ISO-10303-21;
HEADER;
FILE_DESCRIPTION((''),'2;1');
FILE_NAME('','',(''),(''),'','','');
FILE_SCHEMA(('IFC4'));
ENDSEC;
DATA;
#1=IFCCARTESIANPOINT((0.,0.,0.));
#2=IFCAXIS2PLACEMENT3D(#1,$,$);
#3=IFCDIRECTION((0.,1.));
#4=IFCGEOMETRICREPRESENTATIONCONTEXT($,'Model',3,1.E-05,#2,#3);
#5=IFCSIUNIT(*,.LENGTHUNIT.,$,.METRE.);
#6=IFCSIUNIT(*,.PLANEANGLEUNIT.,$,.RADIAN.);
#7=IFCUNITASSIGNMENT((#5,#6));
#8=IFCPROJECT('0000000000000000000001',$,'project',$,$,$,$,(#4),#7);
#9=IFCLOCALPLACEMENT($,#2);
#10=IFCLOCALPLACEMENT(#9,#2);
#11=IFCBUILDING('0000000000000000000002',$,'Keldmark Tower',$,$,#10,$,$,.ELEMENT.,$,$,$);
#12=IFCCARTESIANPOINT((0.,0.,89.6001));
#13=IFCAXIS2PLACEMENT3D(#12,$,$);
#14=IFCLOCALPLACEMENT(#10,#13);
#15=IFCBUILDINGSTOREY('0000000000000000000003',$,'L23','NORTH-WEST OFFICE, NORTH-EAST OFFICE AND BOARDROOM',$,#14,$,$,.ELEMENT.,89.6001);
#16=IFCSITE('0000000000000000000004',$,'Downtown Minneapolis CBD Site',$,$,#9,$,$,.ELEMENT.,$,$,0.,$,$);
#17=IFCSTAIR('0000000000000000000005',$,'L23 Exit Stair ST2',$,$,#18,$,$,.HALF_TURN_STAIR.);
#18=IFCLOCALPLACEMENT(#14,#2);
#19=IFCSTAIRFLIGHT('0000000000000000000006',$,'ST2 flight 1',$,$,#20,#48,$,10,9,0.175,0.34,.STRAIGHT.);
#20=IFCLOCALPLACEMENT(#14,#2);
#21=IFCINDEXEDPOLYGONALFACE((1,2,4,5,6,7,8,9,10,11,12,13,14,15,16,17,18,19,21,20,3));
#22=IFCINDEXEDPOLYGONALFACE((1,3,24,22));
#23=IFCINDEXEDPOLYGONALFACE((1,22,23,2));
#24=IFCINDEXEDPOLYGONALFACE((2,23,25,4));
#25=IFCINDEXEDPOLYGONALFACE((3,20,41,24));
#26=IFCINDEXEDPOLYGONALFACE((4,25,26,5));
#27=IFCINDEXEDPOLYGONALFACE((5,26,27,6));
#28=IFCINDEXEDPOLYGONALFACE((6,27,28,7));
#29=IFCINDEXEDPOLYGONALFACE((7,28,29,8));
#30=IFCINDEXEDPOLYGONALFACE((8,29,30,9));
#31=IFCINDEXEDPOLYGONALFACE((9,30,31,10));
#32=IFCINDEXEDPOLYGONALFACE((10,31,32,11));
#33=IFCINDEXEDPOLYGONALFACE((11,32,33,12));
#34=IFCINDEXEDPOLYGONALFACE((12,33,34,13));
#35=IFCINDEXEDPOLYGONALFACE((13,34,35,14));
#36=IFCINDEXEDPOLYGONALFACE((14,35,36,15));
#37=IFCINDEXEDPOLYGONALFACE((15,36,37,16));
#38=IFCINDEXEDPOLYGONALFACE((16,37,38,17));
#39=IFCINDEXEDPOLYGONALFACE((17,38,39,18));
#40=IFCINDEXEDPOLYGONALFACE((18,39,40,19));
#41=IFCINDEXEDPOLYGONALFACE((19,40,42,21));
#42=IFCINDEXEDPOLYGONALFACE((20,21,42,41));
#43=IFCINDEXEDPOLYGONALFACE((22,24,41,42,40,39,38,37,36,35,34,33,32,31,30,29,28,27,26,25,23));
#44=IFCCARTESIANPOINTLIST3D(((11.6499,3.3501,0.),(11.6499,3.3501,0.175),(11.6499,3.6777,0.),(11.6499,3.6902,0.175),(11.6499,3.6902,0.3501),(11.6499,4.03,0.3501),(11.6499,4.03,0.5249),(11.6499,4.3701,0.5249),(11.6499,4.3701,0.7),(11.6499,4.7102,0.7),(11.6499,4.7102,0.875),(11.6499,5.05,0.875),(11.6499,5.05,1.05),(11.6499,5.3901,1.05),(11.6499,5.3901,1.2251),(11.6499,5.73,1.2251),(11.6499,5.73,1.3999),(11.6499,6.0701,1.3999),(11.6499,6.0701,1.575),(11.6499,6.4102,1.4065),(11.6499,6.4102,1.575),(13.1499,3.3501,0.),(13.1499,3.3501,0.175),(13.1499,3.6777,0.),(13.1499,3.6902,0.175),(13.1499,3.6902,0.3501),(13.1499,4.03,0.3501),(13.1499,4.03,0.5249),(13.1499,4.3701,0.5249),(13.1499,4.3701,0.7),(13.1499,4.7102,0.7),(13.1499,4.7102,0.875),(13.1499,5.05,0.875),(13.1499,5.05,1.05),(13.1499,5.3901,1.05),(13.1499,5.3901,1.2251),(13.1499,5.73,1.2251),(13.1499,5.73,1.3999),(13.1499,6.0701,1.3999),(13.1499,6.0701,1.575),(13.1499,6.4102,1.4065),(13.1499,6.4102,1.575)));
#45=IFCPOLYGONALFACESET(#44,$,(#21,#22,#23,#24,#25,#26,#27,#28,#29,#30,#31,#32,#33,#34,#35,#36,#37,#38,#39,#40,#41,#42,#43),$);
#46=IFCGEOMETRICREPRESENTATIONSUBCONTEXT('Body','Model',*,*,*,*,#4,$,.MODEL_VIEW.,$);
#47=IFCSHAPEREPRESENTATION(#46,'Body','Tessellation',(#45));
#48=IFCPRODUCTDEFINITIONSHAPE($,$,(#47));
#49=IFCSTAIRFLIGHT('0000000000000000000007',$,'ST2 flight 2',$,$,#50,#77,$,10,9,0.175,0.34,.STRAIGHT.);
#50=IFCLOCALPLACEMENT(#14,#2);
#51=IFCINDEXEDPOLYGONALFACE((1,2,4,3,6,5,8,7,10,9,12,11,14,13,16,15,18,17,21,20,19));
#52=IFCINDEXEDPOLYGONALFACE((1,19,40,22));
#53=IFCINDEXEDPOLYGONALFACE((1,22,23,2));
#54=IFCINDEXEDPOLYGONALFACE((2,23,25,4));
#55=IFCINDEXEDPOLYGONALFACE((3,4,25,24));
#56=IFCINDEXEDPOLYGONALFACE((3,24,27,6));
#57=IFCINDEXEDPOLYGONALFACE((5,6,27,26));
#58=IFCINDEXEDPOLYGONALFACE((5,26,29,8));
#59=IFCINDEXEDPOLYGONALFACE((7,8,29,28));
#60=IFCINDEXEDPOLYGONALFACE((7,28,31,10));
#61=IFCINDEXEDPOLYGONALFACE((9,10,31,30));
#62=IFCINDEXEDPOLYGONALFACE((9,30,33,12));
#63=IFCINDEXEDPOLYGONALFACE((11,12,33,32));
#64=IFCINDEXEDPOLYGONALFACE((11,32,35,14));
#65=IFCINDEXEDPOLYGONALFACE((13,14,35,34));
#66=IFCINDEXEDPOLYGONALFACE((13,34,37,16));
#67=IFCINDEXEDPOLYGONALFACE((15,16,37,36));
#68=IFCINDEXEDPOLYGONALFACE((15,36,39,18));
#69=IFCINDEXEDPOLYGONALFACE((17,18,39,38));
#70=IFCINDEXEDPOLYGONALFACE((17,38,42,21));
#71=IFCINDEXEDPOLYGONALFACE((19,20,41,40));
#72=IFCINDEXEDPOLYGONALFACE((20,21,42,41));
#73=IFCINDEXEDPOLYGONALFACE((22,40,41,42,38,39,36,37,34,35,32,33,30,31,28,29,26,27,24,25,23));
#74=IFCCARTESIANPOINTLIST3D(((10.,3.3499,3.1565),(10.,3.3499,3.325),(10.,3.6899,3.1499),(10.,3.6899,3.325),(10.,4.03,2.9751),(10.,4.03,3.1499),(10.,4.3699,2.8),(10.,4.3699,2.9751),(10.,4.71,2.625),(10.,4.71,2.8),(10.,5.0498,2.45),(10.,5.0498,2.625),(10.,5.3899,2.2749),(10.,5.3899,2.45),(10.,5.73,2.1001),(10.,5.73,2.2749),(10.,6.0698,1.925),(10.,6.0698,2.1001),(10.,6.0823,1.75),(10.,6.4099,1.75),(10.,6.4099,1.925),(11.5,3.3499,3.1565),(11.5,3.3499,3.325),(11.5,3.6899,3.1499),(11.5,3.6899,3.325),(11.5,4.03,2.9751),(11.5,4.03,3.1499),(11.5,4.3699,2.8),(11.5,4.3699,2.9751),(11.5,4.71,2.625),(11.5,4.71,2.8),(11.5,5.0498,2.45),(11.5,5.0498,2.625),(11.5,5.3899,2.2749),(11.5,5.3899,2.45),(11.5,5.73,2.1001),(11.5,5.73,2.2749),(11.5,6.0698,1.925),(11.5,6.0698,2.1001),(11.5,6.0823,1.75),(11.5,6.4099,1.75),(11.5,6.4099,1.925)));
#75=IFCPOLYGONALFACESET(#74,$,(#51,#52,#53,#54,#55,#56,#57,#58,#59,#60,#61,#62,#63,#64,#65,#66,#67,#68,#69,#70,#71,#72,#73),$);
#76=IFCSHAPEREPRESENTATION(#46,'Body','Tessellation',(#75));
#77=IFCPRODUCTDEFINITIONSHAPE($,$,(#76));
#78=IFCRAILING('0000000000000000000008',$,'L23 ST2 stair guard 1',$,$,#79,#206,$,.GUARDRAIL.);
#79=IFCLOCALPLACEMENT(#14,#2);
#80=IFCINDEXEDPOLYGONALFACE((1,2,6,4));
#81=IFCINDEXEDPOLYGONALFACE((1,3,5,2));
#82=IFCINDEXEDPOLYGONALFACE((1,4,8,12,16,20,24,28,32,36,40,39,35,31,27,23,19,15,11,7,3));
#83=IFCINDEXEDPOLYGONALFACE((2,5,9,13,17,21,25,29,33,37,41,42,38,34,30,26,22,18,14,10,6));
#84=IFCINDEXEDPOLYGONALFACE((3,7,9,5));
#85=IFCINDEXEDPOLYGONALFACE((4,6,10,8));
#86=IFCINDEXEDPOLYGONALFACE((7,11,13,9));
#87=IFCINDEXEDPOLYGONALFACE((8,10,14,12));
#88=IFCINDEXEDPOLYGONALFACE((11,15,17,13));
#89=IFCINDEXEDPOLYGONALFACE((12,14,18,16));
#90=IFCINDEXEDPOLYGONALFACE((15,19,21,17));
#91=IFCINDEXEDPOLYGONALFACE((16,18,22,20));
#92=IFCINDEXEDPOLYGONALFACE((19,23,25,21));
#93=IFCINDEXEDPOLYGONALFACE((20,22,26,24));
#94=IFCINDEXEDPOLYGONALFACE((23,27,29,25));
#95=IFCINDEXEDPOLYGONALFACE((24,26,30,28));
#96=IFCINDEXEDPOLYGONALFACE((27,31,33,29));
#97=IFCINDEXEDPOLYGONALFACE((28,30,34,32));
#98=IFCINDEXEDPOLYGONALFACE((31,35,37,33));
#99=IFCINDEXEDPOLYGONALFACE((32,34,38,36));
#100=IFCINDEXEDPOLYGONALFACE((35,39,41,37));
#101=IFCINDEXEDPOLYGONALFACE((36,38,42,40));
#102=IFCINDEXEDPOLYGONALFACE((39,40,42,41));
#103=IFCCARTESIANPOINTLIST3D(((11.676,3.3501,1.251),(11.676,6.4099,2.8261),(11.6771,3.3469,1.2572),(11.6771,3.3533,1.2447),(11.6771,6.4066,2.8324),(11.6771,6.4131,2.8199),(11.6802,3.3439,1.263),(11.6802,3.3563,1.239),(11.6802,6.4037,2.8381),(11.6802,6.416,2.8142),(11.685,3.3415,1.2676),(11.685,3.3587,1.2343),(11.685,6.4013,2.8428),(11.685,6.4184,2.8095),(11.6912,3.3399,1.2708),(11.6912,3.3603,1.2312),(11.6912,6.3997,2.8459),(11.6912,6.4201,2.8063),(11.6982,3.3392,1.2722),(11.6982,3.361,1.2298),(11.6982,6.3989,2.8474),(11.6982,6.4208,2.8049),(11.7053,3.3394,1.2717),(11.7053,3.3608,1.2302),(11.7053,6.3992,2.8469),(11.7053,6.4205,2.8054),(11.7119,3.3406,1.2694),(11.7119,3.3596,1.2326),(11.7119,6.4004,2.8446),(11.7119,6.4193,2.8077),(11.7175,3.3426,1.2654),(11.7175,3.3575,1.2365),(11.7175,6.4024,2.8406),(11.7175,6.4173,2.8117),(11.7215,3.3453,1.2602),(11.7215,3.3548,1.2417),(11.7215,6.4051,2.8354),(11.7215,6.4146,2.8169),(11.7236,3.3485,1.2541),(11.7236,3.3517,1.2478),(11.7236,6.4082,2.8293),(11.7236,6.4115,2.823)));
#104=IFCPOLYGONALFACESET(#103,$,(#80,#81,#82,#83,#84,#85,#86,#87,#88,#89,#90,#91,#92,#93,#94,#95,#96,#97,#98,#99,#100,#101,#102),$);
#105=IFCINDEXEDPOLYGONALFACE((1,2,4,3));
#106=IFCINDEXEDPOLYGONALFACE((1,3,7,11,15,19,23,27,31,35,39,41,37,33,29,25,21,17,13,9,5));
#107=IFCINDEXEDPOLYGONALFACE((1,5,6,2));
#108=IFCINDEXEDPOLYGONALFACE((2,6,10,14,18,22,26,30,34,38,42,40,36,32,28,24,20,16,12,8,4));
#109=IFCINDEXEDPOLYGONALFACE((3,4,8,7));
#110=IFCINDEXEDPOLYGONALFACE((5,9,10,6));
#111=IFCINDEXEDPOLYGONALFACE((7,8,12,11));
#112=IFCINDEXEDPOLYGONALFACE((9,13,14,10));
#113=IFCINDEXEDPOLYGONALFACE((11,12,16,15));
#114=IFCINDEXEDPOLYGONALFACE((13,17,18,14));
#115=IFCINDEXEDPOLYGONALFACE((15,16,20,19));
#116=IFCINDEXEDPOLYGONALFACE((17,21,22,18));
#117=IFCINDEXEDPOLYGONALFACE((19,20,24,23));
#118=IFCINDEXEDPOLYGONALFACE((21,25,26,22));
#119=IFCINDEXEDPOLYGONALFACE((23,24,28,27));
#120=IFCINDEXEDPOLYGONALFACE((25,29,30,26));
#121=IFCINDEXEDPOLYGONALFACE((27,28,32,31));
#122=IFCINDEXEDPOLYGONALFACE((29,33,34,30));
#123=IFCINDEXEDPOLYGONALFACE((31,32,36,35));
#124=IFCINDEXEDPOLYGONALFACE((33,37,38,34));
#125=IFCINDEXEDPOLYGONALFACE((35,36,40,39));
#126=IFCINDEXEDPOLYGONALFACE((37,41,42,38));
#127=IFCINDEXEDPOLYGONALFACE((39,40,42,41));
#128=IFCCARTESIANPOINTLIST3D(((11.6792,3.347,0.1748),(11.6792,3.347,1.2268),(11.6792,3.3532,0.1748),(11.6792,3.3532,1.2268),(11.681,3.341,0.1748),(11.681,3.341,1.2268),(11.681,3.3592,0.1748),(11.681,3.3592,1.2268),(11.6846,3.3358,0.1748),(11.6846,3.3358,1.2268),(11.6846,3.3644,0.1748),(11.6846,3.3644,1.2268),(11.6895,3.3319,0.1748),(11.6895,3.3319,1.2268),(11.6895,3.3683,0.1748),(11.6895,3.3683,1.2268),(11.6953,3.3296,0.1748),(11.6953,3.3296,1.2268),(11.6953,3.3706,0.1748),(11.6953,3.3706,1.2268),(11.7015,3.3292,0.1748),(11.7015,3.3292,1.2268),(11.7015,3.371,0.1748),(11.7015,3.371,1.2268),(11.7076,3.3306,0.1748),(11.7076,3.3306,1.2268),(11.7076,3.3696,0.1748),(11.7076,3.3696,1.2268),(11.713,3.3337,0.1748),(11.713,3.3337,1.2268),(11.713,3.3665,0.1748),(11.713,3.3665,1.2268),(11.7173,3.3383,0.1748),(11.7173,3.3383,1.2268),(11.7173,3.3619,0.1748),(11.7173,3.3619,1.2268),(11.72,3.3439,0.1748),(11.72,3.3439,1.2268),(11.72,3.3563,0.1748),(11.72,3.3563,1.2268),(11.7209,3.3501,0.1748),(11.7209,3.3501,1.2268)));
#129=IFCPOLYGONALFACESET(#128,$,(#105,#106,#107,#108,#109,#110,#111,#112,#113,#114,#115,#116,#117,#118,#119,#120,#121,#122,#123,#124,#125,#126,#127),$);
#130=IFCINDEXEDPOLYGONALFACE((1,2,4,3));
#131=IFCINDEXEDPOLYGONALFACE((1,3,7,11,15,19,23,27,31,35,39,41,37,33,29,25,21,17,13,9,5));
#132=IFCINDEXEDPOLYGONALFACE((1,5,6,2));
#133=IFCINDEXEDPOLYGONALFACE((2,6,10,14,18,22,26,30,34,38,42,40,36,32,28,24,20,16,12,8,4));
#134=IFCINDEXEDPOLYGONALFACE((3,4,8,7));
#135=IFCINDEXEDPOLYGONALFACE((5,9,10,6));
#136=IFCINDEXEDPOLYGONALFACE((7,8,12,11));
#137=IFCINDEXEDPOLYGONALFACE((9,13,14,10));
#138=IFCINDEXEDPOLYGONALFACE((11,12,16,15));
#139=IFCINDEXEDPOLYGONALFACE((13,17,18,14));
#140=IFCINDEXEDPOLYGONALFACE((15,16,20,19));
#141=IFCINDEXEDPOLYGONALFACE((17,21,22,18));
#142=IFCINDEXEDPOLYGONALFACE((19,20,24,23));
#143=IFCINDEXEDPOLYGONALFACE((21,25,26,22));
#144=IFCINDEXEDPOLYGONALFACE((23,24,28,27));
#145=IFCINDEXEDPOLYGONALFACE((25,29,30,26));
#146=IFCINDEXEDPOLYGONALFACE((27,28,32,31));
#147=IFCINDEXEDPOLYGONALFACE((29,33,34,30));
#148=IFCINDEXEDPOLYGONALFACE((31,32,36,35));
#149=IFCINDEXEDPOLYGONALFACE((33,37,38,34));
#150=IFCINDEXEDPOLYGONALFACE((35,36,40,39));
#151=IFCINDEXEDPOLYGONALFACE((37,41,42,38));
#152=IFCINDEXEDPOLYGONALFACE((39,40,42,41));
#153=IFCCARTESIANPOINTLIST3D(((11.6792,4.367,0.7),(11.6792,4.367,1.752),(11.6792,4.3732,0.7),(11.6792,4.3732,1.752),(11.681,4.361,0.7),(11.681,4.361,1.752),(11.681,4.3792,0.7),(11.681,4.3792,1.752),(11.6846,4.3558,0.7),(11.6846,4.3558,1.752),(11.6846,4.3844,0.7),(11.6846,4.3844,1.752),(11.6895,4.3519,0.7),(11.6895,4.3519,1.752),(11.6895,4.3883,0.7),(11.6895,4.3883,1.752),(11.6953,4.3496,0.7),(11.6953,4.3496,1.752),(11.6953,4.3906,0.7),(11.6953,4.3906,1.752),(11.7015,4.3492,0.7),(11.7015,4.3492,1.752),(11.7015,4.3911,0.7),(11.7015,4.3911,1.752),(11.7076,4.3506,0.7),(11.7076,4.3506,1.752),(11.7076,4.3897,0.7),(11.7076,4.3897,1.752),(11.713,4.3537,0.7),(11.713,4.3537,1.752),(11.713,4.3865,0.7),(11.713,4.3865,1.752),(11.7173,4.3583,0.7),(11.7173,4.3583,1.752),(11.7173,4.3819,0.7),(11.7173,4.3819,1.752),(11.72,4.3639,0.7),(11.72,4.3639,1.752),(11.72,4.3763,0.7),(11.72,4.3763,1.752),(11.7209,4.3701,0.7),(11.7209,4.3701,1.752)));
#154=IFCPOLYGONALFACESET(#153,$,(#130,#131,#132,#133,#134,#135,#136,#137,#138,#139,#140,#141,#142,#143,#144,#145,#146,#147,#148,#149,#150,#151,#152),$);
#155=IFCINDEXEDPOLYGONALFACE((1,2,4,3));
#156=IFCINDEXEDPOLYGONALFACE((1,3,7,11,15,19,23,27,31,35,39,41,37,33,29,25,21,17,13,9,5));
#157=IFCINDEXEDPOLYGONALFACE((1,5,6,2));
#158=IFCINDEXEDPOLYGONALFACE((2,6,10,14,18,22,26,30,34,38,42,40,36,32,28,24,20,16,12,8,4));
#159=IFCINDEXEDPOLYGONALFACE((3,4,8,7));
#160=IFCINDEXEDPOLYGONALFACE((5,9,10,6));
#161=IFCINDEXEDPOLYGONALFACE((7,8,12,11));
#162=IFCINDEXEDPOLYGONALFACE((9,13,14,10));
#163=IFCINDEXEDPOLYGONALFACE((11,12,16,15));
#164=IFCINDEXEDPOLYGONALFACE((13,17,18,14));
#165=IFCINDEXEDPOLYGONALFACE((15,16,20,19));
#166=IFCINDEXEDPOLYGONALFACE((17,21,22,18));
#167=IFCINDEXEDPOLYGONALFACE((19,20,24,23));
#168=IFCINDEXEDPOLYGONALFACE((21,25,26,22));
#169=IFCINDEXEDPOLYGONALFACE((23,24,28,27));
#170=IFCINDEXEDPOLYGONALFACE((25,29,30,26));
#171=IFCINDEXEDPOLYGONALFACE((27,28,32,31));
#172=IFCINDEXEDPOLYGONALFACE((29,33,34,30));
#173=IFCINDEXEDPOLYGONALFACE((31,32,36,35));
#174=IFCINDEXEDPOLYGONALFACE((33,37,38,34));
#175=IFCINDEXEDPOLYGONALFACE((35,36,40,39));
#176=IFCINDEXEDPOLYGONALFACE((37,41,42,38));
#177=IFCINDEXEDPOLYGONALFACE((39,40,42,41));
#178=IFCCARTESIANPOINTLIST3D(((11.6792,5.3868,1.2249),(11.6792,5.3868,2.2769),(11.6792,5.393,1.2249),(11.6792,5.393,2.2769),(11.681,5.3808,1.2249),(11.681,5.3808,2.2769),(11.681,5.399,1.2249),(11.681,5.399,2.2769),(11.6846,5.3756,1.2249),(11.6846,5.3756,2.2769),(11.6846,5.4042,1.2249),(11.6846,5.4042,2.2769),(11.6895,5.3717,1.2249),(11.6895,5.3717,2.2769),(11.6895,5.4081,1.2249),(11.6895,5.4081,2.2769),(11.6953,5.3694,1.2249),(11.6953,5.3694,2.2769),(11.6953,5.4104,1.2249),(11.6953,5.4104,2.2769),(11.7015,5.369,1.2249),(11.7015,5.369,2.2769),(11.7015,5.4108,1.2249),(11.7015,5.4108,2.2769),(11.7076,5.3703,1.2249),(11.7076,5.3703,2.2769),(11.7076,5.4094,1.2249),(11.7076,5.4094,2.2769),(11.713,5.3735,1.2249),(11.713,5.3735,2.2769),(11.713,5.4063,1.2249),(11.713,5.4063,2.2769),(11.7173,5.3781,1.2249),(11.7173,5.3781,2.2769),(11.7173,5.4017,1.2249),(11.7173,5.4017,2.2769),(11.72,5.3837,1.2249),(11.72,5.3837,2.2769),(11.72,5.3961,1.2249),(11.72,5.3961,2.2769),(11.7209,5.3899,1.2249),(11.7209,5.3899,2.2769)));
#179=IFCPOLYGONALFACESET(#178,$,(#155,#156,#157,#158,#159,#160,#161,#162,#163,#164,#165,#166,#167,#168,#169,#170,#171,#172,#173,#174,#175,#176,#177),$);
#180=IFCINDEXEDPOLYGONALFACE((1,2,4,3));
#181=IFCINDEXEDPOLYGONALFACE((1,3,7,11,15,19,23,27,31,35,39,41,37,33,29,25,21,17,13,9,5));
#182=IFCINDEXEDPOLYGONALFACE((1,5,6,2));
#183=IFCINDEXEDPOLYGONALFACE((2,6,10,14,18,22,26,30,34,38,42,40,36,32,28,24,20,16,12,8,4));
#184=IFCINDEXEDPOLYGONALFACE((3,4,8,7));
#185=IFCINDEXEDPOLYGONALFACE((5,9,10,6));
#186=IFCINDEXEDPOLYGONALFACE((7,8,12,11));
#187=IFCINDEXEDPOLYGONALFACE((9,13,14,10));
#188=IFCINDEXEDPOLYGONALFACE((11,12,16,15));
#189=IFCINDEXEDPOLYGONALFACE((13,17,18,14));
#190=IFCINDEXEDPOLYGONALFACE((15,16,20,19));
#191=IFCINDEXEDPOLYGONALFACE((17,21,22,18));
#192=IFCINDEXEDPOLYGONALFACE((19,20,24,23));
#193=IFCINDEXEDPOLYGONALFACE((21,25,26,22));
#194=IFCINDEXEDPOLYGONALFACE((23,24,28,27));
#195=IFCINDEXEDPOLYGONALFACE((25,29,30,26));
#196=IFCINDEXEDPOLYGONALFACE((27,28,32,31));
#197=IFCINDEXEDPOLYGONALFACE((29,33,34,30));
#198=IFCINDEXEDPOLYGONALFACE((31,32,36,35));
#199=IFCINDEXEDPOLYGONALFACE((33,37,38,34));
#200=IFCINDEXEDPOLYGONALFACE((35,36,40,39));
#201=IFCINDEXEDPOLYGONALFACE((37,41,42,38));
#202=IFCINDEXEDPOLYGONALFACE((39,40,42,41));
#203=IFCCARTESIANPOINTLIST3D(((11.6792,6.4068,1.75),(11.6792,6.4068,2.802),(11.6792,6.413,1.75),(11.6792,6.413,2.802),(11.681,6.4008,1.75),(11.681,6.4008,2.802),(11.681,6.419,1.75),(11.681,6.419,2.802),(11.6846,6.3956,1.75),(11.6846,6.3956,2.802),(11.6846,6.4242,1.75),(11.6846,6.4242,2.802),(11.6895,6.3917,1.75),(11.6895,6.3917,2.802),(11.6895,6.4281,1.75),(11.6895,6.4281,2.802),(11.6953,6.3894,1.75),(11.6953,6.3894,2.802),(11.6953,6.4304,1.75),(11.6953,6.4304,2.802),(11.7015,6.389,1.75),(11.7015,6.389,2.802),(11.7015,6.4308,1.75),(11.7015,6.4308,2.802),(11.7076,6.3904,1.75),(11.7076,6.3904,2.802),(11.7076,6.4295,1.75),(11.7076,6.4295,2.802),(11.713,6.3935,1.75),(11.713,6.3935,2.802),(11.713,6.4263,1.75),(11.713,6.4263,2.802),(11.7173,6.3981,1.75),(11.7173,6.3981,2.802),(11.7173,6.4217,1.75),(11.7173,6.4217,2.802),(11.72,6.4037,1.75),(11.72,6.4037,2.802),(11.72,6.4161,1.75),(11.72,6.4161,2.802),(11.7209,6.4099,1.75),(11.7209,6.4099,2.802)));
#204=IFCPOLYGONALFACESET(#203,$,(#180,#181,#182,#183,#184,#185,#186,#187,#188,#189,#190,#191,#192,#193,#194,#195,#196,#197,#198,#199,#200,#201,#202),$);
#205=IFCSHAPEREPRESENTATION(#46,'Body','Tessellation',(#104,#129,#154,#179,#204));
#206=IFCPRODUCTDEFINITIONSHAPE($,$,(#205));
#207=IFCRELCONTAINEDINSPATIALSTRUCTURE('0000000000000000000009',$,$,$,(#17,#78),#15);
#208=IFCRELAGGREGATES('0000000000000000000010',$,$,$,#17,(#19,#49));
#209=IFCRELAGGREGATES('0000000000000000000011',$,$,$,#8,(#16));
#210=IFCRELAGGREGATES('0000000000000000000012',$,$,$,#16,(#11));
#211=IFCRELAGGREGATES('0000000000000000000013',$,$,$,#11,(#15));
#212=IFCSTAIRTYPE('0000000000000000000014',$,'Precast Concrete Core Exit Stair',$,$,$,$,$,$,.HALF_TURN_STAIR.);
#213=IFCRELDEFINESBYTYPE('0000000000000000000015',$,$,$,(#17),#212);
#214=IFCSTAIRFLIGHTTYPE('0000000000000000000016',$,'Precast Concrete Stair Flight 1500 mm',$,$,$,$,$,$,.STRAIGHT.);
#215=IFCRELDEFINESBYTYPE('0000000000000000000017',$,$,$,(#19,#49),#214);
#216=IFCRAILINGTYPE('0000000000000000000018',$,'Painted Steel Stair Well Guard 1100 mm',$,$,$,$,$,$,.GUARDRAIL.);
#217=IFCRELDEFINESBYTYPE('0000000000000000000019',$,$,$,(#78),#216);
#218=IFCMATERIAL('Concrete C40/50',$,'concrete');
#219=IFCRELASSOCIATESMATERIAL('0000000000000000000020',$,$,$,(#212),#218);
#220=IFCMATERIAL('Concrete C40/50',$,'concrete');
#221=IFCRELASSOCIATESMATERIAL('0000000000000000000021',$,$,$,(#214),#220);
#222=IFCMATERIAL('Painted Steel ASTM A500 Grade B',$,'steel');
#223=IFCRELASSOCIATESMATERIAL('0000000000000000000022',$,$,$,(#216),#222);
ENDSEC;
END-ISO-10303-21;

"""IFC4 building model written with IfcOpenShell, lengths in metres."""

from ifc_helpers import new_model, si_unit, direction, frame, origin, origin_2d, place, context, subcontext, project, spatial, polyline, circle, outline, extrude, material, type_object, element, aggregate, save


model = new_model("IFC4")

# Units and contexts
model_context = context("Model", 3, precision=1e-05, world=origin(), true_north=direction((0.0, 1.0)))
body_context = subcontext(model_context, "Body", "Model", "MODEL_VIEW")
ifc_project = project(units=[si_unit("LENGTHUNIT", "METRE"), si_unit("PLANEANGLEUNIT", "RADIAN")], contexts=[model_context])

# Site, building, storey
site_placement = place(None, origin())
site = spatial("IfcSite", under=ifc_project, at=site_placement, Name="Downtown Minneapolis CBD Site", CompositionType="ELEMENT", RefElevation=0.0)
building_placement = place(site_placement, origin())
building = spatial("IfcBuilding", under=site, at=building_placement, Name="Keldmark Tower", CompositionType="ELEMENT")
storey_placement = place(building_placement, frame((0.0, 0.0, 89.6001)))
storey = spatial("IfcBuildingStorey", under=building, at=storey_placement, Name="L23", Description="NORTH-WEST OFFICE, NORTH-EAST OFFICE AND BOARDROOM", CompositionType="ELEMENT", Elevation=89.6001)

# Stair, stair flights
ifc_material_1 = material(Name="Concrete C40/50", Category="concrete")
stair_type = type_object("IfcStairType", Name="Precast Concrete Core Exit Stair", PredefinedType="HALF_TURN_STAIR", material=ifc_material_1)
stair_placement = place(storey_placement, origin())
stair = element("IfcStair", 1, at=stair_placement, inside=storey, type_object=stair_type, Name="L23 Exit Stair ST2", PredefinedType="HALF_TURN_STAIR")
ifc_material_2 = material(Name="Concrete C40/50", Category="concrete")
stair_flight_type = type_object("IfcStairFlightType", Name="Precast Concrete Stair Flight 1500 mm", PredefinedType="STRAIGHT", material=ifc_material_2)
stair_flight_1_placement = place(storey_placement, frame((12.3999, 3.3501, 0.0), z_axis=(0.0, 0.0, 1.0), x_axis=(0.0, 1.0, 0.0)))
stair_flight_1 = element("IfcStairFlight", 2, at=stair_flight_1_placement, type_object=stair_flight_type, Name="ST2 flight 1", NumberOfRisers=10, NumberOfTreads=9, PredefinedType="STRAIGHT", RiserHeight=0.175, TreadLength=0.34, context=body_context, shape_type="SweptSolid", body=[
    extrude(outline(polyline([(0.0, 0.0), (0.0, 0.175), (0.3401, 0.175), (0.3401, 0.3501), (0.6799, 0.3501), (0.6799, 0.5249), (1.02, 0.5249), (1.02, 0.7), (1.3601, 0.7), (1.3601, 0.875), (1.7, 0.875), (1.7, 1.05), (2.04, 1.05), (2.04, 1.2251), (2.3799, 1.2251), (2.3799, 1.3999), (2.72, 1.3999), (2.72, 1.575), (3.0601, 1.575), (3.0601, 1.75), (3.0601, 1.4065), (0.3276, 0.0), (0.0, 0.0)])), frame((0.0, 0.75, 0.0), z_axis=(0.0, -1.0, 0.0), x_axis=(1.0, 0.0, 0.0)), (0.0, 0.0, 1.0), 1.5),
])
stair_flight_2_placement = place(storey_placement, frame((10.75, 6.4099, 1.75), z_axis=(0.0, 0.0, 1.0), x_axis=(0.0, -1.0, 0.0)))
stair_flight_2 = element("IfcStairFlight", 3, at=stair_flight_2_placement, type_object=stair_flight_type, Name="ST2 flight 2", NumberOfRisers=10, NumberOfTreads=9, PredefinedType="STRAIGHT", RiserHeight=0.175, TreadLength=0.34, context=body_context, shape_type="SweptSolid", body=[
    extrude(outline(polyline([(0.0, 0.0), (0.0, 0.175), (0.3401, 0.175), (0.3401, 0.3501), (0.6799, 0.3501), (0.6799, 0.5249), (1.02, 0.5249), (1.02, 0.7), (1.3601, 0.7), (1.3601, 0.875), (1.7, 0.875), (1.7, 1.05), (2.04, 1.05), (2.04, 1.2251), (2.3799, 1.2251), (2.3799, 1.3999), (2.72, 1.3999), (2.72, 1.575), (3.0601, 1.575), (3.0601, 1.75), (3.0601, 1.4065), (0.3276, 0.0), (0.0, 0.0)])), frame((0.0, 0.75, 0.0), z_axis=(0.0, -1.0, 0.0), x_axis=(1.0, 0.0, 0.0)), (0.0, 0.0, 1.0), 1.5),
])
aggregate(stair, [stair_flight_1, stair_flight_2])

# Railing
ifc_material_3 = material(Name="Painted Steel ASTM A500 Grade B", Category="steel")
railing_type_1 = type_object("IfcRailingType", Name="Painted Steel Stair Well Guard 1100 mm", PredefinedType="GUARDRAIL", material=ifc_material_3)
railing_1_placement = place(storey_placement, frame((11.7, 3.3501, 0.1748)))
element("IfcRailing", 4, at=railing_1_placement, inside=storey, type_object=railing_type_1, Name="L23 ST2 stair guard 1", PredefinedType="GUARDRAIL", context=body_context, shape_type="SweptSolid", body=[
    extrude(circle(Radius=0.0239, at=origin_2d()), frame((0.0, 0.0, 1.0762), z_axis=(0.0, 0.889101, 0.45771), x_axis=(-1.0, 0.0, 0.0)), (0.0, 0.0, 1.0), 3.4414),
    extrude(circle(Radius=0.021, at=origin_2d()), origin(), (0.0, 0.0, 1.0), 1.052),
    extrude(circle(Radius=0.021, at=origin_2d()), frame((0.0, 1.02, 0.5251)), (0.0, 0.0, 1.0), 1.052),
    extrude(circle(Radius=0.021, at=origin_2d()), frame((0.0, 2.0398, 1.05)), (0.0, 0.0, 1.0), 1.052),
    extrude(circle(Radius=0.021, at=origin_2d()), frame((0.0, 3.0598, 1.5752)), (0.0, 0.0, 1.0), 1.052),
])

save(model, "model.ifc")
